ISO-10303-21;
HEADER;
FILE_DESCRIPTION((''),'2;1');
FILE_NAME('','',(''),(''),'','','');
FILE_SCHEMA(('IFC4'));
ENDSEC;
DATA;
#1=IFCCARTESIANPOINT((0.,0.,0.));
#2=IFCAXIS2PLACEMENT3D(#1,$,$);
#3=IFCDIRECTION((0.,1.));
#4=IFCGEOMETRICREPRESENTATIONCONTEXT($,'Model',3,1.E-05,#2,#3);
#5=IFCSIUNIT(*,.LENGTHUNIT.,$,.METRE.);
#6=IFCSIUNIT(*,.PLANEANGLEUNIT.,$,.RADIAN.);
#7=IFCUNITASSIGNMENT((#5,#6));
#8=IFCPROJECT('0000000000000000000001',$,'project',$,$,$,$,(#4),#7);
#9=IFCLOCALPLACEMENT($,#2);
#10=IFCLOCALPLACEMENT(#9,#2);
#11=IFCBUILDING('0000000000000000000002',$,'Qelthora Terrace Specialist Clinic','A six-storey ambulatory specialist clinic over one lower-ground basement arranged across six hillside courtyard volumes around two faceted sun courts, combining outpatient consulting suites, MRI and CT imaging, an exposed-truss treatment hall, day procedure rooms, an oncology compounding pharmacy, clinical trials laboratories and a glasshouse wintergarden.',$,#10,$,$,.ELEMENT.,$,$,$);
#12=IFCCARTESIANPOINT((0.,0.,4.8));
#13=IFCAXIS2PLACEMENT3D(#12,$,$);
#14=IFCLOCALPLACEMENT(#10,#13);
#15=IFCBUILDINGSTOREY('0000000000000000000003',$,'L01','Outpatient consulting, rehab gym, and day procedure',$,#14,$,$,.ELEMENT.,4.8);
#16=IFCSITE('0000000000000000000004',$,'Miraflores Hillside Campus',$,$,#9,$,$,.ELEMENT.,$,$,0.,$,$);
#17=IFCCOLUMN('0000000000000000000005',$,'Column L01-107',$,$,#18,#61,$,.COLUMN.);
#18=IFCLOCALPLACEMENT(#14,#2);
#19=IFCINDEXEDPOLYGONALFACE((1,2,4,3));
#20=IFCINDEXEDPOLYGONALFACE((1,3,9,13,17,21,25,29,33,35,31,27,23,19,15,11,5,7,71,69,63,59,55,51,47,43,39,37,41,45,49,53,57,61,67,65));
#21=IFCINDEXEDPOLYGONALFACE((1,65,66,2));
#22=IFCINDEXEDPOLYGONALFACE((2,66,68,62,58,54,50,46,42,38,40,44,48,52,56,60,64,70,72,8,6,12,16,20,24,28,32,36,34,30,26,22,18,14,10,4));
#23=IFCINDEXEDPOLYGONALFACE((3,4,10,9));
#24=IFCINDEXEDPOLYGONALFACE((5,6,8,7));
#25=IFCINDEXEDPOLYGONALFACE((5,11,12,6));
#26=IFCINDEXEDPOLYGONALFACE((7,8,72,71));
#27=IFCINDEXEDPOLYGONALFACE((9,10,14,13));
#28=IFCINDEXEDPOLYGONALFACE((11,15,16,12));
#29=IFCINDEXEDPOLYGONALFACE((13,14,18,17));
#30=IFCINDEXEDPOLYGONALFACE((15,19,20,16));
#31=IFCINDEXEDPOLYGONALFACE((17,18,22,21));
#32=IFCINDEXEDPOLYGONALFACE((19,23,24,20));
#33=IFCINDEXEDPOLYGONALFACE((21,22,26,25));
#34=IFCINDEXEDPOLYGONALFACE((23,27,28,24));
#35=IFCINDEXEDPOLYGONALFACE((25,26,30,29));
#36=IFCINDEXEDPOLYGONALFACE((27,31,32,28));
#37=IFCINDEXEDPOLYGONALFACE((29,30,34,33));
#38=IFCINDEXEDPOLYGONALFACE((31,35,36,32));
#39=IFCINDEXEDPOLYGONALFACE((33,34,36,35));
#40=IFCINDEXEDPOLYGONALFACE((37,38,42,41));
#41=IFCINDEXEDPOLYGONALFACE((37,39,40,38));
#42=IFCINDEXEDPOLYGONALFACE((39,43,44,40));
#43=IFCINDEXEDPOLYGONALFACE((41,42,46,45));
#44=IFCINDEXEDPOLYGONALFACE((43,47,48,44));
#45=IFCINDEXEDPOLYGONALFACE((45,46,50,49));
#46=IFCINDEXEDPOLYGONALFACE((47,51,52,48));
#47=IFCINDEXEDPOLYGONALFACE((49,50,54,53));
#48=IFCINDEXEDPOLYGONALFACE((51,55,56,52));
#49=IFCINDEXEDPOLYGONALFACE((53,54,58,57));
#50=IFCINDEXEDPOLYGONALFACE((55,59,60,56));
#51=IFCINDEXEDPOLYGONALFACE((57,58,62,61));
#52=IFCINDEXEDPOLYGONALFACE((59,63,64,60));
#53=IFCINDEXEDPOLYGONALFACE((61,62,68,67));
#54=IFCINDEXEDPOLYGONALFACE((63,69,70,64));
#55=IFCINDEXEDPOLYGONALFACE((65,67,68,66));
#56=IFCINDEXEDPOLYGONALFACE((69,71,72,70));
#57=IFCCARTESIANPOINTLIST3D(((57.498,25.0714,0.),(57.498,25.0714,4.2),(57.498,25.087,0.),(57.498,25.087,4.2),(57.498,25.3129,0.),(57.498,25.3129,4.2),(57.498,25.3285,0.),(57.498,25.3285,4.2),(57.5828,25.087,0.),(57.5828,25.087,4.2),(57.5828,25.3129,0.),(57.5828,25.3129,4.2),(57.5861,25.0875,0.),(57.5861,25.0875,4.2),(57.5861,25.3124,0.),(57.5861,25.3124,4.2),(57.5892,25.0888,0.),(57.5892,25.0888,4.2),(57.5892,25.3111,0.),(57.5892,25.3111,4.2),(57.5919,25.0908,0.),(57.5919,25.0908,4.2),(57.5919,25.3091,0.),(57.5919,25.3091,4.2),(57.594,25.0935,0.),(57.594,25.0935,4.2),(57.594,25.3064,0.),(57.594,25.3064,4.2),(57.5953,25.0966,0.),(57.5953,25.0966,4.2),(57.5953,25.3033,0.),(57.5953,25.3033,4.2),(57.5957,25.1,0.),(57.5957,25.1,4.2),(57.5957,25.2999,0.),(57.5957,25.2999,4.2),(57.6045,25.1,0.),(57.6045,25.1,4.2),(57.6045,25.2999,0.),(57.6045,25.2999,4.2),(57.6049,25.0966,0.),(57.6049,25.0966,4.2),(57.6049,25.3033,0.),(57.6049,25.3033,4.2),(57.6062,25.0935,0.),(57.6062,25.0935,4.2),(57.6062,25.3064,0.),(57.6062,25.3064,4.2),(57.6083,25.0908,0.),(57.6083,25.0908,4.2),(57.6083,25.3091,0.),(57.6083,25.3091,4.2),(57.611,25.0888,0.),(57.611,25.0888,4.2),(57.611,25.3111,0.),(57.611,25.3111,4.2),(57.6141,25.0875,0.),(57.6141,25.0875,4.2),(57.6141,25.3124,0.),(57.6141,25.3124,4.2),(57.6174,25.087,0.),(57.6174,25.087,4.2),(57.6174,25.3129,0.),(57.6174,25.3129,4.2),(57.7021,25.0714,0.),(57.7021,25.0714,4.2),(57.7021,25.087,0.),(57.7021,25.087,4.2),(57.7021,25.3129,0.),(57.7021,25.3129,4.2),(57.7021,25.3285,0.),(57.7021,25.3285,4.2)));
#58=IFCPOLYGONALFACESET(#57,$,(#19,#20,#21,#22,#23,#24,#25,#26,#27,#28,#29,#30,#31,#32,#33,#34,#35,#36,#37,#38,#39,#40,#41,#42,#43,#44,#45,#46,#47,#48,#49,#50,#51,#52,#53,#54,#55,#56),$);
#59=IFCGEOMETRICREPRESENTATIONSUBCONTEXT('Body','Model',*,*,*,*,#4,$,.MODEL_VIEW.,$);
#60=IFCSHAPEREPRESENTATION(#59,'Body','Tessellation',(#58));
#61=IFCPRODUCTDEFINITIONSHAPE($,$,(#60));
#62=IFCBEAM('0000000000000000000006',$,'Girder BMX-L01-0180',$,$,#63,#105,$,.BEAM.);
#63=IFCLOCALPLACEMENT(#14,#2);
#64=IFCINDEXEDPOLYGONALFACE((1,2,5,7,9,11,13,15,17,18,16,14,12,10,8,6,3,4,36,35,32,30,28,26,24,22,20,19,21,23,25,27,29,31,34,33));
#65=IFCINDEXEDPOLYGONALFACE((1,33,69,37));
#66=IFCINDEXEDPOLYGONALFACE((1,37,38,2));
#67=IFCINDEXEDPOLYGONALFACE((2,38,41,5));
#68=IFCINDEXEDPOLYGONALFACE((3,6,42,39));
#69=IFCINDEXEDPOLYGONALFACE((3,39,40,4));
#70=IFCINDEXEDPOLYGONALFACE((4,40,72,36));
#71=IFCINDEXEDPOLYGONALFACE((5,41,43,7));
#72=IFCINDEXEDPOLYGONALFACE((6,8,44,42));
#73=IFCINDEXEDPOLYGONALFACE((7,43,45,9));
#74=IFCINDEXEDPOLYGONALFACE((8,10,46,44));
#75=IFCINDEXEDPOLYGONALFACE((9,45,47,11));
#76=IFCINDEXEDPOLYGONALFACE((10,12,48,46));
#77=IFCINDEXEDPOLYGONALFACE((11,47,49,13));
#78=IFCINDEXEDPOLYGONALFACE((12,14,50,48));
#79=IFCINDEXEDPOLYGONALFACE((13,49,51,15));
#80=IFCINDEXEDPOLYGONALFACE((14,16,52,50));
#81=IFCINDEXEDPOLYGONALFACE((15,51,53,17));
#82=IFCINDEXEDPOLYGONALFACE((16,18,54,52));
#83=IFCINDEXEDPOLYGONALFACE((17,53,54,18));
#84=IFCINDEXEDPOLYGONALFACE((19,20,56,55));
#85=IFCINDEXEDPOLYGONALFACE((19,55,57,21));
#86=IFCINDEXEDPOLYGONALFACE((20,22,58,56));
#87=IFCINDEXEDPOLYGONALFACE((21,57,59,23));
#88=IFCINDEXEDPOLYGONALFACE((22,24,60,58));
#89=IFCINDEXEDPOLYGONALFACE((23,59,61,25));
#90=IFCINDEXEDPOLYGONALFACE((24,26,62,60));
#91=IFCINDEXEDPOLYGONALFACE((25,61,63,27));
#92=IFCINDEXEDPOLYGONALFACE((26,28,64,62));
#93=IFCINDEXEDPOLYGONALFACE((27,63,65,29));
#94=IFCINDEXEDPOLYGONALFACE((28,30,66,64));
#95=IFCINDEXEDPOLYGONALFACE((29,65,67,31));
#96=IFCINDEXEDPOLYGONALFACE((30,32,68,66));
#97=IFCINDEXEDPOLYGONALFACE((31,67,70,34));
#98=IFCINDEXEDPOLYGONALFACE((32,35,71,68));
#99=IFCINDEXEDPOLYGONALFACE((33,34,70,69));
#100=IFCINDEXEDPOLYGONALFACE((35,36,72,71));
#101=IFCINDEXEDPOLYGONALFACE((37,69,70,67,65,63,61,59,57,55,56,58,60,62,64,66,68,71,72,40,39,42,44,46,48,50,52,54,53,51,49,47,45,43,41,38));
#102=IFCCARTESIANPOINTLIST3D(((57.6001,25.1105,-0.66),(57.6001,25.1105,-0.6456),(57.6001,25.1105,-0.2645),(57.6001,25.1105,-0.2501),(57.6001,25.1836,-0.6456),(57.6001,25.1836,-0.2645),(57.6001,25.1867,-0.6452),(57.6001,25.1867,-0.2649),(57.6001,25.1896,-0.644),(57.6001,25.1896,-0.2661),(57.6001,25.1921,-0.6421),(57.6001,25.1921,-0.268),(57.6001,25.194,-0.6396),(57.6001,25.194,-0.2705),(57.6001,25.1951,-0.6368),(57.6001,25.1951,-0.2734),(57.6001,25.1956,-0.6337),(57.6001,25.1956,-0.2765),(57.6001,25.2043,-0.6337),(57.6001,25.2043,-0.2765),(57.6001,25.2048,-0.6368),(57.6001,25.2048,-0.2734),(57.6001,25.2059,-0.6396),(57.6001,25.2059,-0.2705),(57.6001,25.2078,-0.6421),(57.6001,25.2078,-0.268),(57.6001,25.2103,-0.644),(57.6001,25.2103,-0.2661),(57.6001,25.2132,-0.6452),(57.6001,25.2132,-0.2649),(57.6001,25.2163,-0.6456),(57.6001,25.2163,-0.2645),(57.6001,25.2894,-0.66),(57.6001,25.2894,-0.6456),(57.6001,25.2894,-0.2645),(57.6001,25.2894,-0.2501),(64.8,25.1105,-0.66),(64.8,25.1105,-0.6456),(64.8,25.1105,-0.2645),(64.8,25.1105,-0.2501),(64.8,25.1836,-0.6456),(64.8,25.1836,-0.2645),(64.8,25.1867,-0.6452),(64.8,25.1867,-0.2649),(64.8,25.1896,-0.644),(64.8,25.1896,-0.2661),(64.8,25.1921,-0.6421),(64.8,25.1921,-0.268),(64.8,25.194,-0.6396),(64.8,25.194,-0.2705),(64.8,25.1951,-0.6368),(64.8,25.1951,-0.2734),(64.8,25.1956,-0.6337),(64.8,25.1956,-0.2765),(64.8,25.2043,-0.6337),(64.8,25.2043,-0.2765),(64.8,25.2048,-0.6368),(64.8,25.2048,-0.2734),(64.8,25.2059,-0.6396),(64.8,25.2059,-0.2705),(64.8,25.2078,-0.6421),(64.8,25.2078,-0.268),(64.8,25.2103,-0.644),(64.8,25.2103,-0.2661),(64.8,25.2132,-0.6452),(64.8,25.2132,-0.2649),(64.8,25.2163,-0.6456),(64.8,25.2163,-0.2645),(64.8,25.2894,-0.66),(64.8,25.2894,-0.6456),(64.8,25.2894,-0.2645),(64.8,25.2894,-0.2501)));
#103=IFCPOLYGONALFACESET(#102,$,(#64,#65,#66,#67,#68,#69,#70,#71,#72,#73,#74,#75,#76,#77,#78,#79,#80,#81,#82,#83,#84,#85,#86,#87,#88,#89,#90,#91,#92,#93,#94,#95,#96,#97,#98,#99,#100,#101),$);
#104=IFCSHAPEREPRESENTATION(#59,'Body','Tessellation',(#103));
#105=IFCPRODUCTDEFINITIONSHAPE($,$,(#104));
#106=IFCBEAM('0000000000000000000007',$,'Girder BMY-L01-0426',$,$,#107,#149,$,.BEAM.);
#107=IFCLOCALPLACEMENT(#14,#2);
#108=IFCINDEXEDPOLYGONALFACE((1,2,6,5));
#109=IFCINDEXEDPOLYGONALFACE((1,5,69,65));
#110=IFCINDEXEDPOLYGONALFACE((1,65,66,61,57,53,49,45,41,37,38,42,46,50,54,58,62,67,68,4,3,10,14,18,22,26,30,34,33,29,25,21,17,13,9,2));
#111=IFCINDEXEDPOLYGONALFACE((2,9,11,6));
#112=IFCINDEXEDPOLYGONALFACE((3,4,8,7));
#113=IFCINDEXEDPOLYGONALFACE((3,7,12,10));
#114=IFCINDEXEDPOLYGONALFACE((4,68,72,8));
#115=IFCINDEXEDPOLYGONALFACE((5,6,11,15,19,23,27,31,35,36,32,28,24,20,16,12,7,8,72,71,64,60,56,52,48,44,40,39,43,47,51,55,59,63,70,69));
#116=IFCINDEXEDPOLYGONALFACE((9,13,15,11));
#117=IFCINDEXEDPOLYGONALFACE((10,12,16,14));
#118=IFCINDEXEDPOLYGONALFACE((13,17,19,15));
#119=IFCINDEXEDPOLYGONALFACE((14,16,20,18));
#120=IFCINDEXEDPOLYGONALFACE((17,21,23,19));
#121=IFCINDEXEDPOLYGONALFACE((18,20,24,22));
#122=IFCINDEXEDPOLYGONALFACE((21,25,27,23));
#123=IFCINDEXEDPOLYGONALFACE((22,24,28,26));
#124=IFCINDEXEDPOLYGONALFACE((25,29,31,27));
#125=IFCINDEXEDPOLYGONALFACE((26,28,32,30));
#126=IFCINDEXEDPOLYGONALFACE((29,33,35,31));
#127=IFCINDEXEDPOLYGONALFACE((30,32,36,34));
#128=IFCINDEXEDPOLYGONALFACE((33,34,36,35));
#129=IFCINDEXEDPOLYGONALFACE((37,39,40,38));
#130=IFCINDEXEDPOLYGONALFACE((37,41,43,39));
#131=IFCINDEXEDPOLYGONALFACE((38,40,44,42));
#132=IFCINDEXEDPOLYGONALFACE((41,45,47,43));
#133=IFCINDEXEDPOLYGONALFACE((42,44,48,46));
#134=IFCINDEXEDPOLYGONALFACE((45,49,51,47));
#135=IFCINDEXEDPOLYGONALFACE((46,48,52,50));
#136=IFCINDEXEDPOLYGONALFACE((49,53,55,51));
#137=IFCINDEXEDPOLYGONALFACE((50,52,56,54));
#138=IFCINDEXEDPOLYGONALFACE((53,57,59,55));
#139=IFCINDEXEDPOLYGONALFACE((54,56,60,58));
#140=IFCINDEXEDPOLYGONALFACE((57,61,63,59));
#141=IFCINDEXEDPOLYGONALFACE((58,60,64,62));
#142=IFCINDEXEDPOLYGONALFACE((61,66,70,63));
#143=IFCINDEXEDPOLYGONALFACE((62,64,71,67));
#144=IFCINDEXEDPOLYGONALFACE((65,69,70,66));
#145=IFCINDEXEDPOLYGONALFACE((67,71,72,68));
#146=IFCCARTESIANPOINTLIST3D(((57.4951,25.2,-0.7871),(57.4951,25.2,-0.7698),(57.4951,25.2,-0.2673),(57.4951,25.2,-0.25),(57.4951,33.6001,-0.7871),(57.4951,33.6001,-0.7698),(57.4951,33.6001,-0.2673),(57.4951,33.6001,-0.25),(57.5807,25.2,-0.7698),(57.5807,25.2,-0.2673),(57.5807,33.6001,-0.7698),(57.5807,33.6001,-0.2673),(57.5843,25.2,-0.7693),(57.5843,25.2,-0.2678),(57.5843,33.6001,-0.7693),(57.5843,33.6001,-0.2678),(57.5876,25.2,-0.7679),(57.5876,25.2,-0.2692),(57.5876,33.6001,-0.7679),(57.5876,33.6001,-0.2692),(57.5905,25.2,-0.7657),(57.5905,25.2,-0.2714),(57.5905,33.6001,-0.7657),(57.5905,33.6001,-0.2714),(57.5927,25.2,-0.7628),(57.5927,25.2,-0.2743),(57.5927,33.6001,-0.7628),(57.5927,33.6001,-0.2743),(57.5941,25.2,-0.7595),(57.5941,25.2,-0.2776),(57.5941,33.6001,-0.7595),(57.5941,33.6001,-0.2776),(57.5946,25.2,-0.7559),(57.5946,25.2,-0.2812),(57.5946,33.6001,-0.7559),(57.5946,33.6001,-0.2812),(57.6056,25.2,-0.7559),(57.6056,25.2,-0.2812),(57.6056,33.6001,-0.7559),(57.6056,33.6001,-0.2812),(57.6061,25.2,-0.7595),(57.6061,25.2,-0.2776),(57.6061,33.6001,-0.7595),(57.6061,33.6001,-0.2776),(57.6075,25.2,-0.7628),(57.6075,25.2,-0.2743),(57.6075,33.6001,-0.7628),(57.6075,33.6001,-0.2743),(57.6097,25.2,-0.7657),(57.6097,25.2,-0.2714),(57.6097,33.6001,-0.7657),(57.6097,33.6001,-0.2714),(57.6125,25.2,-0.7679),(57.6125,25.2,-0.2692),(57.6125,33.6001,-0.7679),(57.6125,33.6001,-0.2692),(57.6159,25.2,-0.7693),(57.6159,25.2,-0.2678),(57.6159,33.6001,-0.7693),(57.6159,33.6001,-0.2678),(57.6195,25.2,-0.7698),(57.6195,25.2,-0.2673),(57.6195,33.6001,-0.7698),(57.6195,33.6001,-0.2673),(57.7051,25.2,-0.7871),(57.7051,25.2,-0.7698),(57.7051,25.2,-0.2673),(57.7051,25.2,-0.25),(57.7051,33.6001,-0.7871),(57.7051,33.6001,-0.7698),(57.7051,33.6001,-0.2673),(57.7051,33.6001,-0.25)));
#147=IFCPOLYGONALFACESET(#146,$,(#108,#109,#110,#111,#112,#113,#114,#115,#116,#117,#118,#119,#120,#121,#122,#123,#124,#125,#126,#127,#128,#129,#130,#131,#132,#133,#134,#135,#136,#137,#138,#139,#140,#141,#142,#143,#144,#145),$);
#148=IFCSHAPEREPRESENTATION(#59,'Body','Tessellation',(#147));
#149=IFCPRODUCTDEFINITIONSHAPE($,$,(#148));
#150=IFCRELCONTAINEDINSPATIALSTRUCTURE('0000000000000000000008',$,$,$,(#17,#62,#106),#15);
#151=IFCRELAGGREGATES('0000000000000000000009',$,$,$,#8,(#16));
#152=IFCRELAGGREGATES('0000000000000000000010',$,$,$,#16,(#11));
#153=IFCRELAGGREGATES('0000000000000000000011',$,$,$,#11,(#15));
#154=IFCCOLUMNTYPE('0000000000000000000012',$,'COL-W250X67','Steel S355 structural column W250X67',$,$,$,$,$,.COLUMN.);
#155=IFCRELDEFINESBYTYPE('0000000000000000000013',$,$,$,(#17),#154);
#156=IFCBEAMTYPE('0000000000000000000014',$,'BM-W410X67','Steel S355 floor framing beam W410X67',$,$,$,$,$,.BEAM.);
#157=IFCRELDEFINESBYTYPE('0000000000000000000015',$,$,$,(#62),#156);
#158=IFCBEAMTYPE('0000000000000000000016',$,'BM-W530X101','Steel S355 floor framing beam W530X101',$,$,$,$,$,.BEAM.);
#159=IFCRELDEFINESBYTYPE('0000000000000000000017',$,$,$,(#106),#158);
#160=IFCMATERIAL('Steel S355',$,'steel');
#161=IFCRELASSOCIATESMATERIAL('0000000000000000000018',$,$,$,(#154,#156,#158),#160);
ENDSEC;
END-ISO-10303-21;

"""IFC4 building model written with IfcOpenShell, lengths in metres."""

from ifc_helpers import new_model, si_unit, direction, frame, origin, origin_2d, place, context, subcontext, project, spatial, i_section, extrude, material, material_profile, profile_set, type_object, element, save


model = new_model("IFC4")

# Units and contexts
model_context = context("Model", 3, precision=1e-05, world=origin(), true_north=direction((0.0, 1.0)))
body_context = subcontext(model_context, "Body", "Model", "MODEL_VIEW")
ifc_project = project(units=[si_unit("LENGTHUNIT", "METRE"), si_unit("PLANEANGLEUNIT", "RADIAN")], contexts=[model_context])

# Site, building, storey
site_placement = place(None, origin())
site = spatial("IfcSite", under=ifc_project, at=site_placement, Name="Miraflores Hillside Campus", CompositionType="ELEMENT", RefElevation=0.0)
building_placement = place(site_placement, origin())
building = spatial("IfcBuilding", under=site, at=building_placement, Name="Qelthora Terrace Specialist Clinic", Description="A six-storey ambulatory specialist clinic over one lower-ground basement arranged across six hillside courtyard volumes around two faceted sun courts, combining outpatient consulting suites, MRI and CT imaging, an exposed-truss treatment hall, day procedure rooms, an oncology compounding pharmacy, clinical trials laboratories and a glasshouse wintergarden.", CompositionType="ELEMENT")
storey_placement = place(building_placement, frame((0.0, 0.0, 4.8)))
storey = spatial("IfcBuildingStorey", under=building, at=storey_placement, Name="L01", Description="Outpatient consulting, rehab gym, and day procedure", CompositionType="ELEMENT", Elevation=4.8)

# Column
ifc_material_1 = material(Name="Steel S355", Category="steel")
ifc_material_profile_1 = material_profile(ifc_material_1, i_section(OverallWidth=0.2041, OverallDepth=0.2571, WebThickness=0.0088, FlangeThickness=0.0156, FilletRadius=0.0129, at=origin_2d()), Name="W250X67")
ifc_profile_set_1 = profile_set([ifc_material_profile_1], Name="Steel S355")
column_type = type_object("IfcColumnType", Name="COL-W250X67", Description="Steel S355 structural column W250X67", PredefinedType="COLUMN", material=ifc_profile_set_1)
column_placement = place(storey_placement, frame((57.6001, 25.2, 0.0), z_axis=(0.0, 0.0, 1.0), x_axis=(1.0, 0.0, 0.0)))
element("IfcColumn", 1, at=column_placement, inside=storey, type_object=column_type, Name="Column L01-107", PredefinedType="COLUMN", context=body_context, shape_type="SweptSolid", body=[
    extrude(i_section(OverallWidth=0.2041, OverallDepth=0.2571, WebThickness=0.0088, FlangeThickness=0.0156, FilletRadius=0.0129, at=origin_2d()), origin(), (0.0, 0.0, 1.0), 4.2),
])

# Beams
ifc_material_profile_2 = material_profile(ifc_material_1, i_section(OverallWidth=0.179, OverallDepth=0.4099, WebThickness=0.0088, FlangeThickness=0.0144, FilletRadius=0.012, at=origin_2d()), Name="W410X67")
ifc_profile_set_2 = profile_set([ifc_material_profile_2], Name="Steel S355")
beam_type_1 = type_object("IfcBeamType", Name="BM-W410X67", Description="Steel S355 floor framing beam W410X67", PredefinedType="BEAM", material=ifc_profile_set_2)
beam_1_placement = place(storey_placement, frame((57.6001, 25.2, -0.4551), z_axis=(1.0, 0.0, 0.0), x_axis=(0.0, 1.0, 0.0)))
element("IfcBeam", 2, at=beam_1_placement, inside=storey, type_object=beam_type_1, Name="Girder BMX-L01-0180", PredefinedType="BEAM", context=body_context, shape_type="SweptSolid", body=[
    extrude(i_section(OverallWidth=0.179, OverallDepth=0.4099, WebThickness=0.0088, FlangeThickness=0.0144, FilletRadius=0.012, at=origin_2d()), origin(), (0.0, 0.0, 1.0), 7.2),
])
ifc_material_profile_3 = material_profile(ifc_material_1, i_section(OverallWidth=0.21, OverallDepth=0.5371, WebThickness=0.011, FlangeThickness=0.0173, FilletRadius=0.0139, at=origin_2d()), Name="W530X101")
ifc_profile_set_3 = profile_set([ifc_material_profile_3], Name="Steel S355")
beam_type_2 = type_object("IfcBeamType", Name="BM-W530X101", Description="Steel S355 floor framing beam W530X101", PredefinedType="BEAM", material=ifc_profile_set_3)
beam_2_placement = place(storey_placement, frame((57.6001, 25.2, -0.5186), z_axis=(0.0, 1.0, 0.0), x_axis=(-1.0, 0.0, 0.0)))
element("IfcBeam", 3, at=beam_2_placement, inside=storey, type_object=beam_type_2, Name="Girder BMY-L01-0426", PredefinedType="BEAM", context=body_context, shape_type="SweptSolid", body=[
    extrude(i_section(OverallWidth=0.21, OverallDepth=0.5371, WebThickness=0.011, FlangeThickness=0.0173, FilletRadius=0.0139, at=origin_2d()), origin(), (0.0, 0.0, 1.0), 8.4001),
])

save(model, "model.ifc")
